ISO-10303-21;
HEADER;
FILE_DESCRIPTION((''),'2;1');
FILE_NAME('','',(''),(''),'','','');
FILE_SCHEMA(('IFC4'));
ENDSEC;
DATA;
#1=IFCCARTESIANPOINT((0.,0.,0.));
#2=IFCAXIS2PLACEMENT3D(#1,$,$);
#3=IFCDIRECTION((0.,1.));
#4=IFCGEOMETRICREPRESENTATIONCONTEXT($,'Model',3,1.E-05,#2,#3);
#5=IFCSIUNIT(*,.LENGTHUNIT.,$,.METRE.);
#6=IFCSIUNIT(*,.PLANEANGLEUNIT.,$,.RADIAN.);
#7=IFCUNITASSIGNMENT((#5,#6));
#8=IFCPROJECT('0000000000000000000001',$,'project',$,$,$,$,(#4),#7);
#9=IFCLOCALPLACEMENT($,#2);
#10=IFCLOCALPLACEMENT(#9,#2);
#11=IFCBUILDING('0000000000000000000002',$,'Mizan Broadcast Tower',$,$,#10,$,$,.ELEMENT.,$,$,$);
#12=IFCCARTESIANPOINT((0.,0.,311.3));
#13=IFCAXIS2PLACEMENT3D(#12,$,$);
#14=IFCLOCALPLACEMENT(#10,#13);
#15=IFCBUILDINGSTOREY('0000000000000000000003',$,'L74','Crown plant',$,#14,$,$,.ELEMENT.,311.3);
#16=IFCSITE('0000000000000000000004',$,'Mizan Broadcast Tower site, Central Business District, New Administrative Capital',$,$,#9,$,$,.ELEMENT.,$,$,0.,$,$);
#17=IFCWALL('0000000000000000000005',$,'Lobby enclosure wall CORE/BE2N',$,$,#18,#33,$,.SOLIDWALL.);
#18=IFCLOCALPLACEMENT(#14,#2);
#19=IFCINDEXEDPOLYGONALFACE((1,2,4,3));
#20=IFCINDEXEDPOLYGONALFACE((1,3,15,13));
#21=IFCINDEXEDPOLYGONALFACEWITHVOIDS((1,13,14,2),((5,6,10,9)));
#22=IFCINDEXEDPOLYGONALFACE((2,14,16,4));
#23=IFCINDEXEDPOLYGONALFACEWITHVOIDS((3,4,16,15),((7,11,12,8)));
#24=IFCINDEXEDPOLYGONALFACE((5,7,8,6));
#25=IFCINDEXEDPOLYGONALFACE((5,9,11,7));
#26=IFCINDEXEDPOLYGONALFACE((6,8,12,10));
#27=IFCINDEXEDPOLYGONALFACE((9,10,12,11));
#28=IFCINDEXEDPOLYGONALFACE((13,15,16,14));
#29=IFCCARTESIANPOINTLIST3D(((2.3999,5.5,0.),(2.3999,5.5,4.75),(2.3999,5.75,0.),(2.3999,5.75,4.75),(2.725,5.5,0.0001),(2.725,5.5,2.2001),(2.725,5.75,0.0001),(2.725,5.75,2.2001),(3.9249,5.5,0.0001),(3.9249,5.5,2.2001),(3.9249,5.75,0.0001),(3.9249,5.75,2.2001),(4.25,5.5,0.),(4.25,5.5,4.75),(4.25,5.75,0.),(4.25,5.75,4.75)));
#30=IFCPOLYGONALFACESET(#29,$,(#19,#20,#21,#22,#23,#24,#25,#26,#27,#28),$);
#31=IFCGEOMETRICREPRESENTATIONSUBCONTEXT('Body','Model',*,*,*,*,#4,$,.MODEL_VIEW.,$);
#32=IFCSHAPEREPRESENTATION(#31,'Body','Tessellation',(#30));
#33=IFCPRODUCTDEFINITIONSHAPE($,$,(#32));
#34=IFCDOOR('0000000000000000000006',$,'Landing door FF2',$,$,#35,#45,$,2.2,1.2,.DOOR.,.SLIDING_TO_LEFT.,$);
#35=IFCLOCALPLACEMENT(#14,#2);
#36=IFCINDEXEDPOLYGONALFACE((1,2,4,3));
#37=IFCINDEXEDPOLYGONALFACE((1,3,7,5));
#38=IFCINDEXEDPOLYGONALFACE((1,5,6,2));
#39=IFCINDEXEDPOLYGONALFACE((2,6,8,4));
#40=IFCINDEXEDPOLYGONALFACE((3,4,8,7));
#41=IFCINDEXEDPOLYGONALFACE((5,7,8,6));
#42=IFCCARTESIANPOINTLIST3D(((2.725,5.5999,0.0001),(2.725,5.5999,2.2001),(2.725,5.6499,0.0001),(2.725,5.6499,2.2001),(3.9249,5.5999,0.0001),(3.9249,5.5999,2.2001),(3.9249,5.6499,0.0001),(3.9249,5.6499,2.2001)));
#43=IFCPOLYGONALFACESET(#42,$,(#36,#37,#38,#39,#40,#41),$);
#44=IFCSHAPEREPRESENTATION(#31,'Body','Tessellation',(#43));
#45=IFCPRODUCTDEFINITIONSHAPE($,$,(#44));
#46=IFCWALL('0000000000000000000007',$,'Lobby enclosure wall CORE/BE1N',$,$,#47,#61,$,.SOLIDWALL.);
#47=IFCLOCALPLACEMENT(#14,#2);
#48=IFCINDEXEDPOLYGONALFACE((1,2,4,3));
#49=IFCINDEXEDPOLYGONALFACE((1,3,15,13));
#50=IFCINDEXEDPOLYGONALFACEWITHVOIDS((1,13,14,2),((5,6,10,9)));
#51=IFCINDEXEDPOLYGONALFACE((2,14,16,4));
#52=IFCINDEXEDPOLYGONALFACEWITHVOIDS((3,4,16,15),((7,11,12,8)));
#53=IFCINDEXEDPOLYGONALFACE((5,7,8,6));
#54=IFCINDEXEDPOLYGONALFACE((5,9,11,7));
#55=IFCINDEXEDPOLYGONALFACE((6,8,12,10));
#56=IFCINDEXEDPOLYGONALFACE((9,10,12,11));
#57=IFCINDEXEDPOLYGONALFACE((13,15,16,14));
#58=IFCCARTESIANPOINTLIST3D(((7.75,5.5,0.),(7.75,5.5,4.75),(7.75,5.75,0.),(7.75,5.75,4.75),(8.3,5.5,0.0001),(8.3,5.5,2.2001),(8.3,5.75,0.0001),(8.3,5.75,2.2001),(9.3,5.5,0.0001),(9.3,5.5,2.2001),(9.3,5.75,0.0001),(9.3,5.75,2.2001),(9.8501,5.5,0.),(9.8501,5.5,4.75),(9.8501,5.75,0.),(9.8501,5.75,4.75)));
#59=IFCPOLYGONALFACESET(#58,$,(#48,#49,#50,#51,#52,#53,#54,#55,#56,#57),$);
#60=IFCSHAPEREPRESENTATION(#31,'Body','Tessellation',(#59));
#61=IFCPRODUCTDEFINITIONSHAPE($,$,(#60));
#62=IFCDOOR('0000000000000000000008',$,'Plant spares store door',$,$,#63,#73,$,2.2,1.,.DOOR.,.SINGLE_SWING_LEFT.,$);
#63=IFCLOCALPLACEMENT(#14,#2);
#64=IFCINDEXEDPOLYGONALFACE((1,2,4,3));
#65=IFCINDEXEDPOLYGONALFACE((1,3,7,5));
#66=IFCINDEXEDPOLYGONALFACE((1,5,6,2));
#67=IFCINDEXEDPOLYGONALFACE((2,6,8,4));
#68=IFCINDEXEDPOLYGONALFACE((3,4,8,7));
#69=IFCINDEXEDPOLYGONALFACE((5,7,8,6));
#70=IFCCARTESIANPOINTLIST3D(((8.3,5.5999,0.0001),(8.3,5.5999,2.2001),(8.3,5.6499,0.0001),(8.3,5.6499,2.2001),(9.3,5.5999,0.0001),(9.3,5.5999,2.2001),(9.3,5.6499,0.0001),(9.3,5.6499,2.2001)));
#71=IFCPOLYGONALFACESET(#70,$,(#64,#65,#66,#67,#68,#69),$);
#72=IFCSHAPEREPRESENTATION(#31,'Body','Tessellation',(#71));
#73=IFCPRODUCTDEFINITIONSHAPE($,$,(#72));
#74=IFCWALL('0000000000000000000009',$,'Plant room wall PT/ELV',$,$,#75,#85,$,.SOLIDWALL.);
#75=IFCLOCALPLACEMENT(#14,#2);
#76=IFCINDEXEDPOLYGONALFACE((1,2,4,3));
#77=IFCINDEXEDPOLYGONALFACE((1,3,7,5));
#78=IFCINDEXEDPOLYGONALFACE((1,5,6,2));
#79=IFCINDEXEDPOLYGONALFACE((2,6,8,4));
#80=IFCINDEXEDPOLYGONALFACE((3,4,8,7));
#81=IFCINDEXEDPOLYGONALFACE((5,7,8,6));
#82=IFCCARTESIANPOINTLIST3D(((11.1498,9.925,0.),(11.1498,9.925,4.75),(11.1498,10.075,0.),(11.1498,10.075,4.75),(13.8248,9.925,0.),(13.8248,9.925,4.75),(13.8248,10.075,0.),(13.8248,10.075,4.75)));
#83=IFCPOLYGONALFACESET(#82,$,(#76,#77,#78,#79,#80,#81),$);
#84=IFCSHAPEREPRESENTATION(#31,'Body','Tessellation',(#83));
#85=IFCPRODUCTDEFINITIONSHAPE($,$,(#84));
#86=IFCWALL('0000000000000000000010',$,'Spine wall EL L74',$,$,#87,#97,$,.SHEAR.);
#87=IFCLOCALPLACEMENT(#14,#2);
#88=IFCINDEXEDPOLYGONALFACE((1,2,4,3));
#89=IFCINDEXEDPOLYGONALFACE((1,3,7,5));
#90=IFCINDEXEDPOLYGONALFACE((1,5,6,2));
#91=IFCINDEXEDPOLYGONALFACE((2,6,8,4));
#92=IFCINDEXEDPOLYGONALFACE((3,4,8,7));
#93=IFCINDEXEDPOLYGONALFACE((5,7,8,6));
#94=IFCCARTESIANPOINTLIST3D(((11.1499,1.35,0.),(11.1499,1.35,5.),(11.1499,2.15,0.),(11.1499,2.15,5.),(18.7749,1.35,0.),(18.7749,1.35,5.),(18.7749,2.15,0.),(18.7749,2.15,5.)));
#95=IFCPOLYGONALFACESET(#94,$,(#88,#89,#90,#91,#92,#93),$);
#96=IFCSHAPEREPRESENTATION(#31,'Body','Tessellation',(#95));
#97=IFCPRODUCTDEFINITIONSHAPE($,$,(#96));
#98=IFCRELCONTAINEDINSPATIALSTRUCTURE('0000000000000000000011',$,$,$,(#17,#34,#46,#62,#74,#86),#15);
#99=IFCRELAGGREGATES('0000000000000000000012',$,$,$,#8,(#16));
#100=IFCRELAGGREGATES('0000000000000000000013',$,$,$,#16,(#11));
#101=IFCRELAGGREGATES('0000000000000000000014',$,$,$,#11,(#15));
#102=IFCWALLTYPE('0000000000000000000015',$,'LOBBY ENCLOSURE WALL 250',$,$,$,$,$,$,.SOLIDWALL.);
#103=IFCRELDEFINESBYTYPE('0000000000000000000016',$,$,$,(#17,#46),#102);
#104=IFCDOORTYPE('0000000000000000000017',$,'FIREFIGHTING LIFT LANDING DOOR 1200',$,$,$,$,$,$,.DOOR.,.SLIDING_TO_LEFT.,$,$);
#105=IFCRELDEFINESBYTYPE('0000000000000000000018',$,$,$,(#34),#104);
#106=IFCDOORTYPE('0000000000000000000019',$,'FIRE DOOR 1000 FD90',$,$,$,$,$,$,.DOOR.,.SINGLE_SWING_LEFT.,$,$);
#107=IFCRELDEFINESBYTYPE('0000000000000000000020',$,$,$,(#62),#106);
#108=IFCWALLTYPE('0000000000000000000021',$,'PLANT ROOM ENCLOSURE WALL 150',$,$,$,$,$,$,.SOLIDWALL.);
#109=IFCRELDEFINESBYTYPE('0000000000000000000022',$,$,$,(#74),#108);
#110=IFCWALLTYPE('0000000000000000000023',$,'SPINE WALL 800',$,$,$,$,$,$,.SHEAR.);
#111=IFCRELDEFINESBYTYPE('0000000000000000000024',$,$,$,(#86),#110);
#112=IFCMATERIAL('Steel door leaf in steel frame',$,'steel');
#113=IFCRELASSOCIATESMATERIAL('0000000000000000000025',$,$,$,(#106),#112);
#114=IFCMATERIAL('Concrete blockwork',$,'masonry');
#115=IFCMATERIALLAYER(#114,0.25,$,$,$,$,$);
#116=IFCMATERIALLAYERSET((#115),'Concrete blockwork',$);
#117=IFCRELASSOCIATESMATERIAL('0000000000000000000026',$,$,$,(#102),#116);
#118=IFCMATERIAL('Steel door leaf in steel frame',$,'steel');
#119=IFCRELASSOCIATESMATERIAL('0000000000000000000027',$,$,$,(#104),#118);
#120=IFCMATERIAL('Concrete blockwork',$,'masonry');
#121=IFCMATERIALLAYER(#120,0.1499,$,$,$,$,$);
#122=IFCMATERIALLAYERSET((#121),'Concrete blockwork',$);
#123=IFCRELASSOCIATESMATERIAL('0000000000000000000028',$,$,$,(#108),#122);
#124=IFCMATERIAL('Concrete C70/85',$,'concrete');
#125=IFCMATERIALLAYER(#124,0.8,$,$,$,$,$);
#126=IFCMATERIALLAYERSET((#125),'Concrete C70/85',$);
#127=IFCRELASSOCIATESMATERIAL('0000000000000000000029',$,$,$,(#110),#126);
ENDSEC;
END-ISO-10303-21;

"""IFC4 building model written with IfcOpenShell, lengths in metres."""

from ifc_helpers import new_model, si_unit, direction, frame, frame_2d, origin, place, context, subcontext, project, spatial, rectangle, extrude, material, layer, layer_set, type_object, element, fill, save


model = new_model("IFC4")

# Units and contexts
model_context = context("Model", 3, precision=1e-05, world=origin(), true_north=direction((0.0, 1.0)))
body_context = subcontext(model_context, "Body", "Model", "MODEL_VIEW")
ifc_project = project(units=[si_unit("LENGTHUNIT", "METRE"), si_unit("PLANEANGLEUNIT", "RADIAN")], contexts=[model_context])

# Site, building, storey
site_placement = place(None, origin())
site = spatial("IfcSite", under=ifc_project, at=site_placement, Name="Mizan Broadcast Tower site, Central Business District, New Administrative Capital", CompositionType="ELEMENT", RefElevation=0.0)
building_placement = place(site_placement, origin())
building = spatial("IfcBuilding", under=site, at=building_placement, Name="Mizan Broadcast Tower", CompositionType="ELEMENT")
storey_placement = place(building_placement, frame((0.0, 0.0, 311.3)))
storey = spatial("IfcBuildingStorey", under=building, at=storey_placement, Name="L74", Description="Crown plant", CompositionType="ELEMENT", Elevation=311.3)

# Shared definitions
ifc_material_1 = material(Name="Steel door leaf in steel frame", Category="steel")
door_type_1 = type_object("IfcDoorType", Name="FIRE DOOR 1000 FD90", OperationType="SINGLE_SWING_LEFT", PredefinedType="DOOR", material=ifc_material_1)

# Walls, openings, doors
ifc_material_2 = material(Name="Concrete blockwork", Category="masonry")
ifc_layer_1 = layer(ifc_material_2, 0.25)
ifc_layer_set_1 = layer_set([ifc_layer_1], Name="Concrete blockwork")
wall_type_1 = type_object("IfcWallType", Name="LOBBY ENCLOSURE WALL 250", PredefinedType="SOLIDWALL", material=ifc_layer_set_1)
wall_1_placement = place(storey_placement, frame((2.3999, 5.625, 0.0), z_axis=(0.0, 0.0, 1.0), x_axis=(1.0, 0.0, 0.0)))
wall_1 = element("IfcWall", 1, at=wall_1_placement, inside=storey, type_object=wall_type_1, Name="Lobby enclosure wall CORE/BE2N", PredefinedType="SOLIDWALL", context=body_context, shape_type="SweptSolid", body=[
    extrude(rectangle(XDim=1.8501, YDim=0.25, at=frame_2d((0.925, 0.0))), origin(), (0.0, 0.0, 1.0), 4.75),
])
opening_1_placement = place(wall_1_placement, frame((0.325, 0.0, 0.0)))
opening_1 = element("IfcOpeningElement", 2, at=opening_1_placement, cuts=wall_1, PredefinedType="OPENING", context=body_context, shape_type="SweptSolid", body=[
    extrude(rectangle(XDim=1.2, YDim=2.2, at=frame_2d((0.6001, 1.1001))), frame((0.0, 0.135, 0.0), z_axis=(0.0, -1.0, 0.0), x_axis=(1.0, 0.0, 0.0)), (0.0, 0.0, 1.0), 0.27),
])
ifc_material_3 = material(Name="Steel door leaf in steel frame", Category="steel")
door_type_2 = type_object("IfcDoorType", Name="FIREFIGHTING LIFT LANDING DOOR 1200", OperationType="SLIDING_TO_LEFT", PredefinedType="DOOR", material=ifc_material_3)
door_1_placement = place(opening_1_placement, origin())
door_1 = element("IfcDoor", 3, at=door_1_placement, inside=storey, type_object=door_type_2, Name="Landing door FF2", OperationType="SLIDING_TO_LEFT", OverallHeight=2.2, OverallWidth=1.2, PredefinedType="DOOR", context=body_context, shape_type="SweptSolid", body=[
    extrude(rectangle(XDim=1.2, YDim=2.2, at=frame_2d((0.6001, 1.1001))), frame((0.0, 0.0249, 0.0), z_axis=(0.0, -1.0, 0.0), x_axis=(1.0, 0.0, 0.0)), (0.0, 0.0, 1.0), 0.05),
])
fill(opening_1, door_1)
wall_2_placement = place(storey_placement, frame((7.75, 5.625, 0.0), z_axis=(0.0, 0.0, 1.0), x_axis=(1.0, 0.0, 0.0)))
wall_2 = element("IfcWall", 4, at=wall_2_placement, inside=storey, type_object=wall_type_1, Name="Lobby enclosure wall CORE/BE1N", PredefinedType="SOLIDWALL", context=body_context, shape_type="SweptSolid", body=[
    extrude(rectangle(XDim=2.1001, YDim=0.25, at=frame_2d((1.05, 0.0))), origin(), (0.0, 0.0, 1.0), 4.75),
])
opening_2_placement = place(wall_2_placement, frame((0.55, 0.0, 0.0)))
opening_2 = element("IfcOpeningElement", 5, at=opening_2_placement, cuts=wall_2, PredefinedType="OPENING", context=body_context, shape_type="SweptSolid", body=[
    extrude(rectangle(XDim=1.0, YDim=2.2, at=frame_2d((0.5, 1.1001))), frame((0.0, 0.135, 0.0), z_axis=(0.0, -1.0, 0.0), x_axis=(1.0, 0.0, 0.0)), (0.0, 0.0, 1.0), 0.27),
])
door_2_placement = place(opening_2_placement, origin())
door_2 = element("IfcDoor", 6, at=door_2_placement, inside=storey, type_object=door_type_1, Name="Plant spares store door", OperationType="SINGLE_SWING_LEFT", OverallHeight=2.2, OverallWidth=1.0, PredefinedType="DOOR", context=body_context, shape_type="SweptSolid", body=[
    extrude(rectangle(XDim=1.0, YDim=2.2, at=frame_2d((0.5, 1.1001))), frame((0.0, 0.0249, 0.0), z_axis=(0.0, -1.0, 0.0), x_axis=(1.0, 0.0, 0.0)), (0.0, 0.0, 1.0), 0.05),
])
fill(opening_2, door_2)

# Walls
ifc_material_4 = material(Name="Concrete blockwork", Category="masonry")
ifc_layer_2 = layer(ifc_material_4, 0.1499)
ifc_layer_set_2 = layer_set([ifc_layer_2], Name="Concrete blockwork")
wall_type_2 = type_object("IfcWallType", Name="PLANT ROOM ENCLOSURE WALL 150", PredefinedType="SOLIDWALL", material=ifc_layer_set_2)
wall_3_placement = place(storey_placement, frame((11.1499, 10.0, 0.0), z_axis=(0.0, 0.0, 1.0), x_axis=(1.0, 0.0, 0.0)))
element("IfcWall", 7, at=wall_3_placement, inside=storey, type_object=wall_type_2, Name="Plant room wall PT/ELV", PredefinedType="SOLIDWALL", context=body_context, shape_type="SweptSolid", body=[
    extrude(rectangle(XDim=2.675, YDim=0.1499, at=frame_2d((1.3374, 0.0))), origin(), (0.0, 0.0, 1.0), 4.75),
])
ifc_material_5 = material(Name="Concrete C70/85", Category="concrete")
ifc_layer_3 = layer(ifc_material_5, 0.8)
ifc_layer_set_3 = layer_set([ifc_layer_3], Name="Concrete C70/85")
wall_type_3 = type_object("IfcWallType", Name="SPINE WALL 800", PredefinedType="SHEAR", material=ifc_layer_set_3)
wall_4_placement = place(storey_placement, frame((11.1499, 1.75, 0.0), z_axis=(0.0, 0.0, 1.0), x_axis=(1.0, 0.0, 0.0)))
element("IfcWall", 8, at=wall_4_placement, inside=storey, type_object=wall_type_3, Name="Spine wall EL L74", PredefinedType="SHEAR", context=body_context, shape_type="SweptSolid", body=[
    extrude(rectangle(XDim=7.625, YDim=0.8, at=frame_2d((3.8125, 0.0))), origin(), (0.0, 0.0, 1.0), 5.0),
])

save(model, "model.ifc")
